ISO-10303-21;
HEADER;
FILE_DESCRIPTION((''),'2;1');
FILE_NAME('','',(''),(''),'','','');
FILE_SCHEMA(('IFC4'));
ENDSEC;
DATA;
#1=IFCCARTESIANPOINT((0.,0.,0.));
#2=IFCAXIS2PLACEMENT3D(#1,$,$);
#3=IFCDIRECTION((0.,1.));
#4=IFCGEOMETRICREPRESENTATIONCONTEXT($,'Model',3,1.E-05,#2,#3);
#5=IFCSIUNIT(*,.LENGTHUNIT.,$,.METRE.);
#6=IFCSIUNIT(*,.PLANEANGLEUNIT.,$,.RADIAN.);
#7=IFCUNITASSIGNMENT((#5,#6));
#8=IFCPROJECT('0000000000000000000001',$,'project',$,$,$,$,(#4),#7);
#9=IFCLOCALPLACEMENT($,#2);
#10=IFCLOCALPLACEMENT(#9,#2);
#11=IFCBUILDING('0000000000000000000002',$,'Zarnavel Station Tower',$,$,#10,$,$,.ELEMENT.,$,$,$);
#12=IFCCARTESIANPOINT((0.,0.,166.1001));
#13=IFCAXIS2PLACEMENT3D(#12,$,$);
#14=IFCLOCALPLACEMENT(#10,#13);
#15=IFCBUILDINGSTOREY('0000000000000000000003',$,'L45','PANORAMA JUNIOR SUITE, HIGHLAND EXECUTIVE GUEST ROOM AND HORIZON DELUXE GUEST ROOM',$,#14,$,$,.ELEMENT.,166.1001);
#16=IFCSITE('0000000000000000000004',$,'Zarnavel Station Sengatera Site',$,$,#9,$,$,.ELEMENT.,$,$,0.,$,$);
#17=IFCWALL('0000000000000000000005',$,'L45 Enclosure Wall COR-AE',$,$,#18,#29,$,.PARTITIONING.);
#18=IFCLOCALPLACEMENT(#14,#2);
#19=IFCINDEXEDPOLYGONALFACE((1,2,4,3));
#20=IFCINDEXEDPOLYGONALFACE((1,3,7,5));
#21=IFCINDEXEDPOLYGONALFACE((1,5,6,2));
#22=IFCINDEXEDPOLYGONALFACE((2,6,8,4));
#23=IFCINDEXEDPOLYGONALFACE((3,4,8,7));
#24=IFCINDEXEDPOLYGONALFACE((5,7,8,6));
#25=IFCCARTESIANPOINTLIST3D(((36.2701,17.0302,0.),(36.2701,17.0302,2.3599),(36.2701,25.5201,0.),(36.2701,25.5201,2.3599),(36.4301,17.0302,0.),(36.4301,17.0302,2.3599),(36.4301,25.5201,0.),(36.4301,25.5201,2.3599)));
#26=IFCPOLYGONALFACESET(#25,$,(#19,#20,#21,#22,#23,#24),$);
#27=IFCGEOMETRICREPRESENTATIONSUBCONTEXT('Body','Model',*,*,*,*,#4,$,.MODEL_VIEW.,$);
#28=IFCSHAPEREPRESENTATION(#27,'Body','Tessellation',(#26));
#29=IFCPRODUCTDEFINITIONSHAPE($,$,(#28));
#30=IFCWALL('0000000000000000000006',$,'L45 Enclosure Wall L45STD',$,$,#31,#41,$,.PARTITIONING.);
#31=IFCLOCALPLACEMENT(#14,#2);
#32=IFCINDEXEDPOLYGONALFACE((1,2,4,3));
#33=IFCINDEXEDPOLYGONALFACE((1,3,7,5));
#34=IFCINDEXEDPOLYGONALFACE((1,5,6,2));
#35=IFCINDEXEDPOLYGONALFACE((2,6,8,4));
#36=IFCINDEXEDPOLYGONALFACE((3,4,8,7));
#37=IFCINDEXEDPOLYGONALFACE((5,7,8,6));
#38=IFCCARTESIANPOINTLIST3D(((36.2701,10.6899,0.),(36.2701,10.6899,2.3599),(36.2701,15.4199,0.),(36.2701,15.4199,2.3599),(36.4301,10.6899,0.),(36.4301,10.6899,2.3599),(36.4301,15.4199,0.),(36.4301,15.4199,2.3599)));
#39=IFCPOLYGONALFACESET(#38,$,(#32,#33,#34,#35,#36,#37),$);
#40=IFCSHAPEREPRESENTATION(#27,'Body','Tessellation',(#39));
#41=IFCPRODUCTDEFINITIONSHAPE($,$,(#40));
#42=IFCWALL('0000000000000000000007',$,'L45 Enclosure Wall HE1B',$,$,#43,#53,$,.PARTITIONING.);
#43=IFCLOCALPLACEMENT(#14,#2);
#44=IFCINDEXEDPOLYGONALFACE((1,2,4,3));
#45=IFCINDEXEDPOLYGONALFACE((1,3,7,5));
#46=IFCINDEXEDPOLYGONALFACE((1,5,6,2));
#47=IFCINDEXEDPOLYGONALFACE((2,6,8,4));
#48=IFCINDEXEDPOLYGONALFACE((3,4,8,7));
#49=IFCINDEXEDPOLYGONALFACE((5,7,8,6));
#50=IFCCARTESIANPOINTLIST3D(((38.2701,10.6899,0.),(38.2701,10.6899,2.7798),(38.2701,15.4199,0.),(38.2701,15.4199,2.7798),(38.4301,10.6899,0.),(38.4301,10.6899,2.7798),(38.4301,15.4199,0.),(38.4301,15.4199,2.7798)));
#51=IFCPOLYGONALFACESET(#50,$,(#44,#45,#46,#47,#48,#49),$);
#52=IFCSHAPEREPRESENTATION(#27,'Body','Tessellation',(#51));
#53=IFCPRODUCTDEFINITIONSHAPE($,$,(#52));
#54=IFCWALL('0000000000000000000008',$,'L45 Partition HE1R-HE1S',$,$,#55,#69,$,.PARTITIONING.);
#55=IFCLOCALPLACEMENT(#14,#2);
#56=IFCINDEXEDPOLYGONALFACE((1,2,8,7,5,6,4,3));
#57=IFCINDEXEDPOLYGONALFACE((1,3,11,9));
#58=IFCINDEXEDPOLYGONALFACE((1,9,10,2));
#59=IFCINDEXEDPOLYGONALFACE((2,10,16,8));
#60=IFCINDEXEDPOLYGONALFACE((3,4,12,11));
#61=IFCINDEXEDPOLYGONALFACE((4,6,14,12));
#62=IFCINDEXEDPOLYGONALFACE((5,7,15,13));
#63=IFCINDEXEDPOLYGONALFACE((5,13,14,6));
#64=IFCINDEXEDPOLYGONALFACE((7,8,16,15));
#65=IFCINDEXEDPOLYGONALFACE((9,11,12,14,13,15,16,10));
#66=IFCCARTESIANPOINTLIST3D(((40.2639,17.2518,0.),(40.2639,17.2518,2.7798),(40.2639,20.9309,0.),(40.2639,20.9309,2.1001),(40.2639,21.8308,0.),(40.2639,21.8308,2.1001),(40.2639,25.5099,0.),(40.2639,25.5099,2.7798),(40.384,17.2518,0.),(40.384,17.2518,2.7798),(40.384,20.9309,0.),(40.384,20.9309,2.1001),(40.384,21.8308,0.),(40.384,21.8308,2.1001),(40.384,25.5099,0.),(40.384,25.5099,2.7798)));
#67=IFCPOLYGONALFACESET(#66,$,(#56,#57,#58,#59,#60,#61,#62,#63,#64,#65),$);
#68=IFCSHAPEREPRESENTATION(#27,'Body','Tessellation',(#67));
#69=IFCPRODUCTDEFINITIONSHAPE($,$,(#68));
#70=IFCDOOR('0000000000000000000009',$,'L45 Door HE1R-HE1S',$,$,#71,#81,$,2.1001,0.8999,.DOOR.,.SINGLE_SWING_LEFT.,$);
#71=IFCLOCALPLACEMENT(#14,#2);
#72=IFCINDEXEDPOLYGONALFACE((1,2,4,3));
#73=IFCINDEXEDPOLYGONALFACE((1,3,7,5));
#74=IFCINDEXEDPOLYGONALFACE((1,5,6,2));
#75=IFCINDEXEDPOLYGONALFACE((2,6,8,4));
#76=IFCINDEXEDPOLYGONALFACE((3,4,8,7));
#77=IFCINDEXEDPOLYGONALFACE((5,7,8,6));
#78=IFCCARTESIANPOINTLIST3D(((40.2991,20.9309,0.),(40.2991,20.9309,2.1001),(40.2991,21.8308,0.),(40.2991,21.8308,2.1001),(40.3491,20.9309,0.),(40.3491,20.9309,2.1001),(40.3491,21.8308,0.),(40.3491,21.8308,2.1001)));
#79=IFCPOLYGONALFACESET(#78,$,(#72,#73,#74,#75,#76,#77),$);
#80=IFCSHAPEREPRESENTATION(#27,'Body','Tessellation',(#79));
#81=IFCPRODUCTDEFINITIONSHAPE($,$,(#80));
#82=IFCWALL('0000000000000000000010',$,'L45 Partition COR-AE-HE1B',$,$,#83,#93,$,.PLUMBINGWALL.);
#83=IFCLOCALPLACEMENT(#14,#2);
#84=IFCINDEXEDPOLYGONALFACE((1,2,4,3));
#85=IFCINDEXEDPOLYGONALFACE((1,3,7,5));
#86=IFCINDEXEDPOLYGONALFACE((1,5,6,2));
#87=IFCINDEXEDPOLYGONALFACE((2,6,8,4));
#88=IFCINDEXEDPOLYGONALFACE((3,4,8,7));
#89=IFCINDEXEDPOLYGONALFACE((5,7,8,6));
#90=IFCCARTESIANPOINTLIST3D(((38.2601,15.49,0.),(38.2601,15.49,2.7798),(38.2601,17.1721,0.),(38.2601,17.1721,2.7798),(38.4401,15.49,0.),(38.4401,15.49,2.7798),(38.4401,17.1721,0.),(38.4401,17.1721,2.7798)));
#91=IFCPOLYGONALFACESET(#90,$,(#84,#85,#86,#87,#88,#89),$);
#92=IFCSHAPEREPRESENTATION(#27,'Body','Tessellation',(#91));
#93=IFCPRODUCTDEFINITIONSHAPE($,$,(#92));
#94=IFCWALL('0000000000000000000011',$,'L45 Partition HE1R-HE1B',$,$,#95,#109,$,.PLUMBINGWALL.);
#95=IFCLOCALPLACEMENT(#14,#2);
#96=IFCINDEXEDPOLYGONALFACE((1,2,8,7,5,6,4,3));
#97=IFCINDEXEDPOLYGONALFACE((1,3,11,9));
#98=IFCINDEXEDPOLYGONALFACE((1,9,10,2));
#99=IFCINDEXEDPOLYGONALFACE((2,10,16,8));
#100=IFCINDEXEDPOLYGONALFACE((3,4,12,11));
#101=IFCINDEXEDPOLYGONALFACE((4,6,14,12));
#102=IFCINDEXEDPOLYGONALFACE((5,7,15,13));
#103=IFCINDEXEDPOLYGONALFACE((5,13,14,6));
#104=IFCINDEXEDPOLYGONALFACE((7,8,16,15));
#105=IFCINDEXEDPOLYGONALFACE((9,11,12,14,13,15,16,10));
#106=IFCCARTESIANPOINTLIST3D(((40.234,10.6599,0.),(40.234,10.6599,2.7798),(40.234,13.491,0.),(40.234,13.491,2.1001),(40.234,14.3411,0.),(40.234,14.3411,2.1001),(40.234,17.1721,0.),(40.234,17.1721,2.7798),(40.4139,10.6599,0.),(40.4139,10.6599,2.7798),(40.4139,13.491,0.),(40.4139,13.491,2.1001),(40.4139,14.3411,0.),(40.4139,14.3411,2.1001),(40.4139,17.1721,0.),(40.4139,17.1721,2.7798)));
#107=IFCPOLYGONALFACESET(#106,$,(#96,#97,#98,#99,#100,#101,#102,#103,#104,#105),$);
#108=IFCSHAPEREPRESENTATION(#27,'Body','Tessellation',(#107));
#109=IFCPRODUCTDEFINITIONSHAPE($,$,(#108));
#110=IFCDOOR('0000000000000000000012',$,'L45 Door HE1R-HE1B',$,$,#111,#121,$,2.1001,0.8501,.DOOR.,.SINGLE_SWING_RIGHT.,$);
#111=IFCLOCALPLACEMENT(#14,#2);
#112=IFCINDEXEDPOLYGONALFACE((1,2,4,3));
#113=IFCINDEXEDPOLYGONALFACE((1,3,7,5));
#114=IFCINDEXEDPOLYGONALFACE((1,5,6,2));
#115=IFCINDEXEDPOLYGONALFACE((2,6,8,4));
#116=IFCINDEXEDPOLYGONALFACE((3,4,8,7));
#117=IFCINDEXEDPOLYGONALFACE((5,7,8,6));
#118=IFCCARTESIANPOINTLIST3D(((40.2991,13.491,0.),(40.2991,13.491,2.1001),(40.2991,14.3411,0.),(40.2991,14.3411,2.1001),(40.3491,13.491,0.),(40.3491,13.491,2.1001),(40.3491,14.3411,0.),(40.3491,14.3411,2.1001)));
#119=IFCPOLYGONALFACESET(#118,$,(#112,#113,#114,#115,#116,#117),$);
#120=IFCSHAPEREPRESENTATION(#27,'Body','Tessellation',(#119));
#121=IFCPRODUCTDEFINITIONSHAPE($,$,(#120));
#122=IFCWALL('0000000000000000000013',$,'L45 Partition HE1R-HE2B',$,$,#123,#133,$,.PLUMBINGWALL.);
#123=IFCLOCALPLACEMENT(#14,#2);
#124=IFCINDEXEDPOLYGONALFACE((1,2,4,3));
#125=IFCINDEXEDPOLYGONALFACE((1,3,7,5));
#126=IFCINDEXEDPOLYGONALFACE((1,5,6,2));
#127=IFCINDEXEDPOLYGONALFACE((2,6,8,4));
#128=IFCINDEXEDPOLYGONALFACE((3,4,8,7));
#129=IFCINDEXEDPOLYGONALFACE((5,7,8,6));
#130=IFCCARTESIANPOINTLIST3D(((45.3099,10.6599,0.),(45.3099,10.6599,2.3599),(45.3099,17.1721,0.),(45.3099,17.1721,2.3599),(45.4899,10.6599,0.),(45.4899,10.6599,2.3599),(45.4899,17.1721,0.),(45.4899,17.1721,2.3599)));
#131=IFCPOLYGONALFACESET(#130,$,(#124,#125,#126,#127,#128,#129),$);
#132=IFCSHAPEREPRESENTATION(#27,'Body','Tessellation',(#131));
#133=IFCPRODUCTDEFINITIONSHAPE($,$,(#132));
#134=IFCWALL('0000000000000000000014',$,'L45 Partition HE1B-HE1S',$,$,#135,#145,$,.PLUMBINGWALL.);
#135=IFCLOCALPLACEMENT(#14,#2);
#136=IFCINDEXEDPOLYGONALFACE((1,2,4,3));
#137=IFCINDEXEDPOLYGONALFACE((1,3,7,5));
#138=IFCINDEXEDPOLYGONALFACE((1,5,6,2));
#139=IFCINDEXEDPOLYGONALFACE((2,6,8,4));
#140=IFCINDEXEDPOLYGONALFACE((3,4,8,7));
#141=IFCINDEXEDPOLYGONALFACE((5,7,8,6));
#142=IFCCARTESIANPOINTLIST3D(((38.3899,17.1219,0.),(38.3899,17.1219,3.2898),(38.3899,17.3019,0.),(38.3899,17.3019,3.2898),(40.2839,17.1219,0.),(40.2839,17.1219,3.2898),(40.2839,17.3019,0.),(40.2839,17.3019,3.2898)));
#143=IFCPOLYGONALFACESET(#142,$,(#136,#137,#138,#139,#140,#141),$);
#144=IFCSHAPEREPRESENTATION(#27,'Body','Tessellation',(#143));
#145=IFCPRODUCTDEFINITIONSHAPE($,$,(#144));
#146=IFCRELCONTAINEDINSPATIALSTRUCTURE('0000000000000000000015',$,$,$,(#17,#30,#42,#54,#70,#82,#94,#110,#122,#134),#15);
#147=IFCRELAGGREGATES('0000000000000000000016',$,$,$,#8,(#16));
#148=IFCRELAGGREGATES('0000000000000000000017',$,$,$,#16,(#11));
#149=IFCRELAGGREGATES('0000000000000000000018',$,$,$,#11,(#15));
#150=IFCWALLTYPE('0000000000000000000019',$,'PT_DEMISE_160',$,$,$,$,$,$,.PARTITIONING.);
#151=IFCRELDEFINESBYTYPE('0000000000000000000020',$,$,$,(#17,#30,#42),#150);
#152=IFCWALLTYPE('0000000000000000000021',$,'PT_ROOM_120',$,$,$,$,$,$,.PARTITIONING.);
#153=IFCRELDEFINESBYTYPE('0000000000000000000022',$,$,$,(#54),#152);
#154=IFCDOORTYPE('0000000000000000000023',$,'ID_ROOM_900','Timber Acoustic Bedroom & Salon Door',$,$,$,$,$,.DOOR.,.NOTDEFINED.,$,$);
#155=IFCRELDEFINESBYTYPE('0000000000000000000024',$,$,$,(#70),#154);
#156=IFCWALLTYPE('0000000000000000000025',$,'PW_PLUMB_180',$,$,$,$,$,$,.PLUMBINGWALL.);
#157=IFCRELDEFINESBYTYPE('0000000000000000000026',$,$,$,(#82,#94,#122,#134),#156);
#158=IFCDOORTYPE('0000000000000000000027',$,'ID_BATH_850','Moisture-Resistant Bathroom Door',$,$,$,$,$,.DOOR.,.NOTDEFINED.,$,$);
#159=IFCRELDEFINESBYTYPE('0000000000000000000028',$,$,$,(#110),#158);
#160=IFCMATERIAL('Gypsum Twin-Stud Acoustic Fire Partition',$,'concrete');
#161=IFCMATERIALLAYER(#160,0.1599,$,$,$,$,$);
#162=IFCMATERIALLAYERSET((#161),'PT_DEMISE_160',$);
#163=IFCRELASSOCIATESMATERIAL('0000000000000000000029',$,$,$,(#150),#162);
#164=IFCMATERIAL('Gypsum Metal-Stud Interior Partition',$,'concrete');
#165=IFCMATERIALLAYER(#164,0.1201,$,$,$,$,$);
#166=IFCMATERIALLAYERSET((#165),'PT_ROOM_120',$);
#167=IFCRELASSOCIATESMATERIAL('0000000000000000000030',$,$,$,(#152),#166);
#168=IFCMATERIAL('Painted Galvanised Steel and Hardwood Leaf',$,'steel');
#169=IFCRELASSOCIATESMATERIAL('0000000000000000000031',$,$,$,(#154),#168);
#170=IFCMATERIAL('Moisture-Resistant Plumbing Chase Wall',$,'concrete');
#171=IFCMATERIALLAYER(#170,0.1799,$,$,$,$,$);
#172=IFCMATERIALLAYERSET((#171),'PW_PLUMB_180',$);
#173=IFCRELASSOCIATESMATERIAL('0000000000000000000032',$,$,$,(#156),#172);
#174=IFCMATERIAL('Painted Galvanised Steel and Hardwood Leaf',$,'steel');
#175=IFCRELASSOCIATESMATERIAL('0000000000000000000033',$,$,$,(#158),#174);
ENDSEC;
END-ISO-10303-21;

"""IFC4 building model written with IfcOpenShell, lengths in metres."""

from ifc_helpers import new_model, si_unit, direction, frame, frame_2d, origin, place, context, subcontext, project, spatial, rectangle, extrude, material, layer, layer_set, type_object, element, fill, save


model = new_model("IFC4")

# Units and contexts
model_context = context("Model", 3, precision=1e-05, world=origin(), true_north=direction((0.0, 1.0)))
body_context = subcontext(model_context, "Body", "Model", "MODEL_VIEW")
ifc_project = project(units=[si_unit("LENGTHUNIT", "METRE"), si_unit("PLANEANGLEUNIT", "RADIAN")], contexts=[model_context])

# Site, building, storey
site_placement = place(None, origin())
site = spatial("IfcSite", under=ifc_project, at=site_placement, Name="Zarnavel Station Sengatera Site", CompositionType="ELEMENT", RefElevation=0.0)
building_placement = place(site_placement, origin())
building = spatial("IfcBuilding", under=site, at=building_placement, Name="Zarnavel Station Tower", CompositionType="ELEMENT")
storey_placement = place(building_placement, frame((0.0, 0.0, 166.1001)))
storey = spatial("IfcBuildingStorey", under=building, at=storey_placement, Name="L45", Description="PANORAMA JUNIOR SUITE, HIGHLAND EXECUTIVE GUEST ROOM AND HORIZON DELUXE GUEST ROOM", CompositionType="ELEMENT", Elevation=166.1001)

# Walls
ifc_material_1 = material(Name="Gypsum Twin-Stud Acoustic Fire Partition", Category="concrete")
ifc_layer_1 = layer(ifc_material_1, 0.1599)
ifc_layer_set_1 = layer_set([ifc_layer_1], Name="PT_DEMISE_160")
wall_type_1 = type_object("IfcWallType", Name="PT_DEMISE_160", PredefinedType="PARTITIONING", material=ifc_layer_set_1)
wall_1_placement = place(storey_placement, frame((36.3501, 17.03, 0.0), z_axis=(0.0, 0.0, 1.0), x_axis=(0.0, 1.0, 0.0)))
element("IfcWall", 1, at=wall_1_placement, inside=storey, type_object=wall_type_1, Name="L45 Enclosure Wall COR-AE", PredefinedType="PARTITIONING", context=body_context, shape_type="SweptSolid", body=[
    extrude(rectangle(XDim=8.49, YDim=0.1599, at=frame_2d((4.2451, 0.0))), origin(), (0.0, 0.0, 1.0), 2.3599),
])
wall_2_placement = place(storey_placement, frame((36.3501, 10.6899, 0.0), z_axis=(0.0, 0.0, 1.0), x_axis=(0.0, 1.0, 0.0)))
element("IfcWall", 2, at=wall_2_placement, inside=storey, type_object=wall_type_1, Name="L45 Enclosure Wall L45STD", PredefinedType="PARTITIONING", context=body_context, shape_type="SweptSolid", body=[
    extrude(rectangle(XDim=4.73, YDim=0.1599, at=frame_2d((2.365, 0.0))), origin(), (0.0, 0.0, 1.0), 2.3599),
])
wall_3_placement = place(storey_placement, frame((38.3501, 10.6899, 0.0), z_axis=(0.0, 0.0, 1.0), x_axis=(0.0, 1.0, 0.0)))
element("IfcWall", 3, at=wall_3_placement, inside=storey, type_object=wall_type_1, Name="L45 Enclosure Wall HE1B", PredefinedType="PARTITIONING", context=body_context, shape_type="SweptSolid", body=[
    extrude(rectangle(XDim=4.73, YDim=0.1599, at=frame_2d((2.365, 0.0))), origin(), (0.0, 0.0, 1.0), 2.7798),
])

# Wall, opening, door
ifc_material_2 = material(Name="Gypsum Metal-Stud Interior Partition", Category="concrete")
ifc_layer_2 = layer(ifc_material_2, 0.1201)
ifc_layer_set_2 = layer_set([ifc_layer_2], Name="PT_ROOM_120")
wall_type_2 = type_object("IfcWallType", Name="PT_ROOM_120", PredefinedType="PARTITIONING", material=ifc_layer_set_2)
wall_4_placement = place(storey_placement, frame((40.324, 17.252, 0.0), z_axis=(0.0, 0.0, 1.0), x_axis=(0.0, 1.0, 0.0)))
wall_4 = element("IfcWall", 4, at=wall_4_placement, inside=storey, type_object=wall_type_2, Name="L45 Partition HE1R-HE1S", PredefinedType="PARTITIONING", context=body_context, shape_type="SweptSolid", body=[
    extrude(rectangle(XDim=8.2581, YDim=0.1201, at=frame_2d((4.1289, 0.0))), origin(), (0.0, 0.0, 1.0), 2.7798),
])
opening_1_placement = place(wall_4_placement, frame((3.679, 0.0, 0.0)))
opening_1 = element("IfcOpeningElement", 5, at=opening_1_placement, cuts=wall_4, PredefinedType="OPENING", context=body_context, shape_type="SweptSolid", body=[
    extrude(rectangle(XDim=0.8999, YDim=2.1001, at=frame_2d((0.45, 1.05))), frame((0.0, 0.0701, 0.0), z_axis=(0.0, -1.0, 0.0), x_axis=(1.0, 0.0, 0.0)), (0.0, 0.0, 1.0), 0.1401),
])
ifc_material_3 = material(Name="Painted Galvanised Steel and Hardwood Leaf", Category="steel")
door_type_1 = type_object("IfcDoorType", Name="ID_ROOM_900", Description="Timber Acoustic Bedroom & Salon Door", OperationType="NOTDEFINED", PredefinedType="DOOR", material=ifc_material_3)
door_1_placement = place(opening_1_placement, origin())
door_1 = element("IfcDoor", 6, at=door_1_placement, inside=storey, type_object=door_type_1, Name="L45 Door HE1R-HE1S", OperationType="SINGLE_SWING_LEFT", OverallHeight=2.1001, OverallWidth=0.8999, PredefinedType="DOOR", context=body_context, shape_type="SweptSolid", body=[
    extrude(rectangle(XDim=0.8999, YDim=2.1001, at=frame_2d((0.45, 1.05))), frame((0.0, 0.0249, 0.0), z_axis=(0.0, -1.0, 0.0), x_axis=(1.0, 0.0, 0.0)), (0.0, 0.0, 1.0), 0.05),
])
fill(opening_1, door_1)

# Wall
ifc_material_4 = material(Name="Moisture-Resistant Plumbing Chase Wall", Category="concrete")
ifc_layer_3 = layer(ifc_material_4, 0.1799)
ifc_layer_set_3 = layer_set([ifc_layer_3], Name="PW_PLUMB_180")
wall_type_3 = type_object("IfcWallType", Name="PW_PLUMB_180", PredefinedType="PLUMBINGWALL", material=ifc_layer_set_3)
wall_5_placement = place(storey_placement, frame((38.3501, 15.49, 0.0), z_axis=(0.0, 0.0, 1.0), x_axis=(0.0, 1.0, 0.0)))
element("IfcWall", 7, at=wall_5_placement, inside=storey, type_object=wall_type_3, Name="L45 Partition COR-AE-HE1B", PredefinedType="PLUMBINGWALL", context=body_context, shape_type="SweptSolid", body=[
    extrude(rectangle(XDim=1.6821, YDim=0.1799, at=frame_2d((0.8411, 0.0))), origin(), (0.0, 0.0, 1.0), 2.7798),
])

# Wall, opening, door
wall_6_placement = place(storey_placement, frame((40.324, 10.6599, 0.0), z_axis=(0.0, 0.0, 1.0), x_axis=(0.0, 1.0, 0.0)))
wall_6 = element("IfcWall", 8, at=wall_6_placement, inside=storey, type_object=wall_type_3, Name="L45 Partition HE1R-HE1B", PredefinedType="PLUMBINGWALL", context=body_context, shape_type="SweptSolid", body=[
    extrude(rectangle(XDim=6.5122, YDim=0.1799, at=frame_2d((3.2561, 0.0))), origin(), (0.0, 0.0, 1.0), 2.7798),
])
opening_2_placement = place(wall_6_placement, frame((2.8311, 0.0, 0.0)))
opening_2 = element("IfcOpeningElement", 9, at=opening_2_placement, cuts=wall_6, PredefinedType="OPENING", context=body_context, shape_type="SweptSolid", body=[
    extrude(rectangle(XDim=0.8501, YDim=2.1001, at=frame_2d((0.425, 1.05))), frame((0.0, 0.0999, 0.0), z_axis=(0.0, -1.0, 0.0), x_axis=(1.0, 0.0, 0.0)), (0.0, 0.0, 1.0), 0.2),
])
ifc_material_5 = material(Name="Painted Galvanised Steel and Hardwood Leaf", Category="steel")
door_type_2 = type_object("IfcDoorType", Name="ID_BATH_850", Description="Moisture-Resistant Bathroom Door", OperationType="NOTDEFINED", PredefinedType="DOOR", material=ifc_material_5)
door_2_placement = place(opening_2_placement, origin())
door_2 = element("IfcDoor", 10, at=door_2_placement, inside=storey, type_object=door_type_2, Name="L45 Door HE1R-HE1B", OperationType="SINGLE_SWING_RIGHT", OverallHeight=2.1001, OverallWidth=0.8501, PredefinedType="DOOR", context=body_context, shape_type="SweptSolid", body=[
    extrude(rectangle(XDim=0.8501, YDim=2.1001, at=frame_2d((0.425, 1.05))), frame((0.0, 0.0249, 0.0), z_axis=(0.0, -1.0, 0.0), x_axis=(1.0, 0.0, 0.0)), (0.0, 0.0, 1.0), 0.05),
])
fill(opening_2, door_2)

# Walls
wall_7_placement = place(storey_placement, frame((45.3999, 10.6599, 0.0), z_axis=(0.0, 0.0, 1.0), x_axis=(0.0, 1.0, 0.0)))
element("IfcWall", 11, at=wall_7_placement, inside=storey, type_object=wall_type_3, Name="L45 Partition HE1R-HE2B", PredefinedType="PLUMBINGWALL", context=body_context, shape_type="SweptSolid", body=[
    extrude(rectangle(XDim=6.5122, YDim=0.1799, at=frame_2d((3.2561, 0.0))), origin(), (0.0, 0.0, 1.0), 2.3599),
])
wall_8_placement = place(storey_placement, frame((38.3899, 17.2119, 0.0), z_axis=(0.0, 0.0, 1.0), x_axis=(1.0, 0.0, 0.0)))
element("IfcWall", 12, at=wall_8_placement, inside=storey, type_object=wall_type_3, Name="L45 Partition HE1B-HE1S", PredefinedType="PLUMBINGWALL", context=body_context, shape_type="SweptSolid", body=[
    extrude(rectangle(XDim=1.894, YDim=0.1799, at=frame_2d((0.947, 0.0))), origin(), (0.0, 0.0, 1.0), 3.2898),
])

save(model, "model.ifc")
